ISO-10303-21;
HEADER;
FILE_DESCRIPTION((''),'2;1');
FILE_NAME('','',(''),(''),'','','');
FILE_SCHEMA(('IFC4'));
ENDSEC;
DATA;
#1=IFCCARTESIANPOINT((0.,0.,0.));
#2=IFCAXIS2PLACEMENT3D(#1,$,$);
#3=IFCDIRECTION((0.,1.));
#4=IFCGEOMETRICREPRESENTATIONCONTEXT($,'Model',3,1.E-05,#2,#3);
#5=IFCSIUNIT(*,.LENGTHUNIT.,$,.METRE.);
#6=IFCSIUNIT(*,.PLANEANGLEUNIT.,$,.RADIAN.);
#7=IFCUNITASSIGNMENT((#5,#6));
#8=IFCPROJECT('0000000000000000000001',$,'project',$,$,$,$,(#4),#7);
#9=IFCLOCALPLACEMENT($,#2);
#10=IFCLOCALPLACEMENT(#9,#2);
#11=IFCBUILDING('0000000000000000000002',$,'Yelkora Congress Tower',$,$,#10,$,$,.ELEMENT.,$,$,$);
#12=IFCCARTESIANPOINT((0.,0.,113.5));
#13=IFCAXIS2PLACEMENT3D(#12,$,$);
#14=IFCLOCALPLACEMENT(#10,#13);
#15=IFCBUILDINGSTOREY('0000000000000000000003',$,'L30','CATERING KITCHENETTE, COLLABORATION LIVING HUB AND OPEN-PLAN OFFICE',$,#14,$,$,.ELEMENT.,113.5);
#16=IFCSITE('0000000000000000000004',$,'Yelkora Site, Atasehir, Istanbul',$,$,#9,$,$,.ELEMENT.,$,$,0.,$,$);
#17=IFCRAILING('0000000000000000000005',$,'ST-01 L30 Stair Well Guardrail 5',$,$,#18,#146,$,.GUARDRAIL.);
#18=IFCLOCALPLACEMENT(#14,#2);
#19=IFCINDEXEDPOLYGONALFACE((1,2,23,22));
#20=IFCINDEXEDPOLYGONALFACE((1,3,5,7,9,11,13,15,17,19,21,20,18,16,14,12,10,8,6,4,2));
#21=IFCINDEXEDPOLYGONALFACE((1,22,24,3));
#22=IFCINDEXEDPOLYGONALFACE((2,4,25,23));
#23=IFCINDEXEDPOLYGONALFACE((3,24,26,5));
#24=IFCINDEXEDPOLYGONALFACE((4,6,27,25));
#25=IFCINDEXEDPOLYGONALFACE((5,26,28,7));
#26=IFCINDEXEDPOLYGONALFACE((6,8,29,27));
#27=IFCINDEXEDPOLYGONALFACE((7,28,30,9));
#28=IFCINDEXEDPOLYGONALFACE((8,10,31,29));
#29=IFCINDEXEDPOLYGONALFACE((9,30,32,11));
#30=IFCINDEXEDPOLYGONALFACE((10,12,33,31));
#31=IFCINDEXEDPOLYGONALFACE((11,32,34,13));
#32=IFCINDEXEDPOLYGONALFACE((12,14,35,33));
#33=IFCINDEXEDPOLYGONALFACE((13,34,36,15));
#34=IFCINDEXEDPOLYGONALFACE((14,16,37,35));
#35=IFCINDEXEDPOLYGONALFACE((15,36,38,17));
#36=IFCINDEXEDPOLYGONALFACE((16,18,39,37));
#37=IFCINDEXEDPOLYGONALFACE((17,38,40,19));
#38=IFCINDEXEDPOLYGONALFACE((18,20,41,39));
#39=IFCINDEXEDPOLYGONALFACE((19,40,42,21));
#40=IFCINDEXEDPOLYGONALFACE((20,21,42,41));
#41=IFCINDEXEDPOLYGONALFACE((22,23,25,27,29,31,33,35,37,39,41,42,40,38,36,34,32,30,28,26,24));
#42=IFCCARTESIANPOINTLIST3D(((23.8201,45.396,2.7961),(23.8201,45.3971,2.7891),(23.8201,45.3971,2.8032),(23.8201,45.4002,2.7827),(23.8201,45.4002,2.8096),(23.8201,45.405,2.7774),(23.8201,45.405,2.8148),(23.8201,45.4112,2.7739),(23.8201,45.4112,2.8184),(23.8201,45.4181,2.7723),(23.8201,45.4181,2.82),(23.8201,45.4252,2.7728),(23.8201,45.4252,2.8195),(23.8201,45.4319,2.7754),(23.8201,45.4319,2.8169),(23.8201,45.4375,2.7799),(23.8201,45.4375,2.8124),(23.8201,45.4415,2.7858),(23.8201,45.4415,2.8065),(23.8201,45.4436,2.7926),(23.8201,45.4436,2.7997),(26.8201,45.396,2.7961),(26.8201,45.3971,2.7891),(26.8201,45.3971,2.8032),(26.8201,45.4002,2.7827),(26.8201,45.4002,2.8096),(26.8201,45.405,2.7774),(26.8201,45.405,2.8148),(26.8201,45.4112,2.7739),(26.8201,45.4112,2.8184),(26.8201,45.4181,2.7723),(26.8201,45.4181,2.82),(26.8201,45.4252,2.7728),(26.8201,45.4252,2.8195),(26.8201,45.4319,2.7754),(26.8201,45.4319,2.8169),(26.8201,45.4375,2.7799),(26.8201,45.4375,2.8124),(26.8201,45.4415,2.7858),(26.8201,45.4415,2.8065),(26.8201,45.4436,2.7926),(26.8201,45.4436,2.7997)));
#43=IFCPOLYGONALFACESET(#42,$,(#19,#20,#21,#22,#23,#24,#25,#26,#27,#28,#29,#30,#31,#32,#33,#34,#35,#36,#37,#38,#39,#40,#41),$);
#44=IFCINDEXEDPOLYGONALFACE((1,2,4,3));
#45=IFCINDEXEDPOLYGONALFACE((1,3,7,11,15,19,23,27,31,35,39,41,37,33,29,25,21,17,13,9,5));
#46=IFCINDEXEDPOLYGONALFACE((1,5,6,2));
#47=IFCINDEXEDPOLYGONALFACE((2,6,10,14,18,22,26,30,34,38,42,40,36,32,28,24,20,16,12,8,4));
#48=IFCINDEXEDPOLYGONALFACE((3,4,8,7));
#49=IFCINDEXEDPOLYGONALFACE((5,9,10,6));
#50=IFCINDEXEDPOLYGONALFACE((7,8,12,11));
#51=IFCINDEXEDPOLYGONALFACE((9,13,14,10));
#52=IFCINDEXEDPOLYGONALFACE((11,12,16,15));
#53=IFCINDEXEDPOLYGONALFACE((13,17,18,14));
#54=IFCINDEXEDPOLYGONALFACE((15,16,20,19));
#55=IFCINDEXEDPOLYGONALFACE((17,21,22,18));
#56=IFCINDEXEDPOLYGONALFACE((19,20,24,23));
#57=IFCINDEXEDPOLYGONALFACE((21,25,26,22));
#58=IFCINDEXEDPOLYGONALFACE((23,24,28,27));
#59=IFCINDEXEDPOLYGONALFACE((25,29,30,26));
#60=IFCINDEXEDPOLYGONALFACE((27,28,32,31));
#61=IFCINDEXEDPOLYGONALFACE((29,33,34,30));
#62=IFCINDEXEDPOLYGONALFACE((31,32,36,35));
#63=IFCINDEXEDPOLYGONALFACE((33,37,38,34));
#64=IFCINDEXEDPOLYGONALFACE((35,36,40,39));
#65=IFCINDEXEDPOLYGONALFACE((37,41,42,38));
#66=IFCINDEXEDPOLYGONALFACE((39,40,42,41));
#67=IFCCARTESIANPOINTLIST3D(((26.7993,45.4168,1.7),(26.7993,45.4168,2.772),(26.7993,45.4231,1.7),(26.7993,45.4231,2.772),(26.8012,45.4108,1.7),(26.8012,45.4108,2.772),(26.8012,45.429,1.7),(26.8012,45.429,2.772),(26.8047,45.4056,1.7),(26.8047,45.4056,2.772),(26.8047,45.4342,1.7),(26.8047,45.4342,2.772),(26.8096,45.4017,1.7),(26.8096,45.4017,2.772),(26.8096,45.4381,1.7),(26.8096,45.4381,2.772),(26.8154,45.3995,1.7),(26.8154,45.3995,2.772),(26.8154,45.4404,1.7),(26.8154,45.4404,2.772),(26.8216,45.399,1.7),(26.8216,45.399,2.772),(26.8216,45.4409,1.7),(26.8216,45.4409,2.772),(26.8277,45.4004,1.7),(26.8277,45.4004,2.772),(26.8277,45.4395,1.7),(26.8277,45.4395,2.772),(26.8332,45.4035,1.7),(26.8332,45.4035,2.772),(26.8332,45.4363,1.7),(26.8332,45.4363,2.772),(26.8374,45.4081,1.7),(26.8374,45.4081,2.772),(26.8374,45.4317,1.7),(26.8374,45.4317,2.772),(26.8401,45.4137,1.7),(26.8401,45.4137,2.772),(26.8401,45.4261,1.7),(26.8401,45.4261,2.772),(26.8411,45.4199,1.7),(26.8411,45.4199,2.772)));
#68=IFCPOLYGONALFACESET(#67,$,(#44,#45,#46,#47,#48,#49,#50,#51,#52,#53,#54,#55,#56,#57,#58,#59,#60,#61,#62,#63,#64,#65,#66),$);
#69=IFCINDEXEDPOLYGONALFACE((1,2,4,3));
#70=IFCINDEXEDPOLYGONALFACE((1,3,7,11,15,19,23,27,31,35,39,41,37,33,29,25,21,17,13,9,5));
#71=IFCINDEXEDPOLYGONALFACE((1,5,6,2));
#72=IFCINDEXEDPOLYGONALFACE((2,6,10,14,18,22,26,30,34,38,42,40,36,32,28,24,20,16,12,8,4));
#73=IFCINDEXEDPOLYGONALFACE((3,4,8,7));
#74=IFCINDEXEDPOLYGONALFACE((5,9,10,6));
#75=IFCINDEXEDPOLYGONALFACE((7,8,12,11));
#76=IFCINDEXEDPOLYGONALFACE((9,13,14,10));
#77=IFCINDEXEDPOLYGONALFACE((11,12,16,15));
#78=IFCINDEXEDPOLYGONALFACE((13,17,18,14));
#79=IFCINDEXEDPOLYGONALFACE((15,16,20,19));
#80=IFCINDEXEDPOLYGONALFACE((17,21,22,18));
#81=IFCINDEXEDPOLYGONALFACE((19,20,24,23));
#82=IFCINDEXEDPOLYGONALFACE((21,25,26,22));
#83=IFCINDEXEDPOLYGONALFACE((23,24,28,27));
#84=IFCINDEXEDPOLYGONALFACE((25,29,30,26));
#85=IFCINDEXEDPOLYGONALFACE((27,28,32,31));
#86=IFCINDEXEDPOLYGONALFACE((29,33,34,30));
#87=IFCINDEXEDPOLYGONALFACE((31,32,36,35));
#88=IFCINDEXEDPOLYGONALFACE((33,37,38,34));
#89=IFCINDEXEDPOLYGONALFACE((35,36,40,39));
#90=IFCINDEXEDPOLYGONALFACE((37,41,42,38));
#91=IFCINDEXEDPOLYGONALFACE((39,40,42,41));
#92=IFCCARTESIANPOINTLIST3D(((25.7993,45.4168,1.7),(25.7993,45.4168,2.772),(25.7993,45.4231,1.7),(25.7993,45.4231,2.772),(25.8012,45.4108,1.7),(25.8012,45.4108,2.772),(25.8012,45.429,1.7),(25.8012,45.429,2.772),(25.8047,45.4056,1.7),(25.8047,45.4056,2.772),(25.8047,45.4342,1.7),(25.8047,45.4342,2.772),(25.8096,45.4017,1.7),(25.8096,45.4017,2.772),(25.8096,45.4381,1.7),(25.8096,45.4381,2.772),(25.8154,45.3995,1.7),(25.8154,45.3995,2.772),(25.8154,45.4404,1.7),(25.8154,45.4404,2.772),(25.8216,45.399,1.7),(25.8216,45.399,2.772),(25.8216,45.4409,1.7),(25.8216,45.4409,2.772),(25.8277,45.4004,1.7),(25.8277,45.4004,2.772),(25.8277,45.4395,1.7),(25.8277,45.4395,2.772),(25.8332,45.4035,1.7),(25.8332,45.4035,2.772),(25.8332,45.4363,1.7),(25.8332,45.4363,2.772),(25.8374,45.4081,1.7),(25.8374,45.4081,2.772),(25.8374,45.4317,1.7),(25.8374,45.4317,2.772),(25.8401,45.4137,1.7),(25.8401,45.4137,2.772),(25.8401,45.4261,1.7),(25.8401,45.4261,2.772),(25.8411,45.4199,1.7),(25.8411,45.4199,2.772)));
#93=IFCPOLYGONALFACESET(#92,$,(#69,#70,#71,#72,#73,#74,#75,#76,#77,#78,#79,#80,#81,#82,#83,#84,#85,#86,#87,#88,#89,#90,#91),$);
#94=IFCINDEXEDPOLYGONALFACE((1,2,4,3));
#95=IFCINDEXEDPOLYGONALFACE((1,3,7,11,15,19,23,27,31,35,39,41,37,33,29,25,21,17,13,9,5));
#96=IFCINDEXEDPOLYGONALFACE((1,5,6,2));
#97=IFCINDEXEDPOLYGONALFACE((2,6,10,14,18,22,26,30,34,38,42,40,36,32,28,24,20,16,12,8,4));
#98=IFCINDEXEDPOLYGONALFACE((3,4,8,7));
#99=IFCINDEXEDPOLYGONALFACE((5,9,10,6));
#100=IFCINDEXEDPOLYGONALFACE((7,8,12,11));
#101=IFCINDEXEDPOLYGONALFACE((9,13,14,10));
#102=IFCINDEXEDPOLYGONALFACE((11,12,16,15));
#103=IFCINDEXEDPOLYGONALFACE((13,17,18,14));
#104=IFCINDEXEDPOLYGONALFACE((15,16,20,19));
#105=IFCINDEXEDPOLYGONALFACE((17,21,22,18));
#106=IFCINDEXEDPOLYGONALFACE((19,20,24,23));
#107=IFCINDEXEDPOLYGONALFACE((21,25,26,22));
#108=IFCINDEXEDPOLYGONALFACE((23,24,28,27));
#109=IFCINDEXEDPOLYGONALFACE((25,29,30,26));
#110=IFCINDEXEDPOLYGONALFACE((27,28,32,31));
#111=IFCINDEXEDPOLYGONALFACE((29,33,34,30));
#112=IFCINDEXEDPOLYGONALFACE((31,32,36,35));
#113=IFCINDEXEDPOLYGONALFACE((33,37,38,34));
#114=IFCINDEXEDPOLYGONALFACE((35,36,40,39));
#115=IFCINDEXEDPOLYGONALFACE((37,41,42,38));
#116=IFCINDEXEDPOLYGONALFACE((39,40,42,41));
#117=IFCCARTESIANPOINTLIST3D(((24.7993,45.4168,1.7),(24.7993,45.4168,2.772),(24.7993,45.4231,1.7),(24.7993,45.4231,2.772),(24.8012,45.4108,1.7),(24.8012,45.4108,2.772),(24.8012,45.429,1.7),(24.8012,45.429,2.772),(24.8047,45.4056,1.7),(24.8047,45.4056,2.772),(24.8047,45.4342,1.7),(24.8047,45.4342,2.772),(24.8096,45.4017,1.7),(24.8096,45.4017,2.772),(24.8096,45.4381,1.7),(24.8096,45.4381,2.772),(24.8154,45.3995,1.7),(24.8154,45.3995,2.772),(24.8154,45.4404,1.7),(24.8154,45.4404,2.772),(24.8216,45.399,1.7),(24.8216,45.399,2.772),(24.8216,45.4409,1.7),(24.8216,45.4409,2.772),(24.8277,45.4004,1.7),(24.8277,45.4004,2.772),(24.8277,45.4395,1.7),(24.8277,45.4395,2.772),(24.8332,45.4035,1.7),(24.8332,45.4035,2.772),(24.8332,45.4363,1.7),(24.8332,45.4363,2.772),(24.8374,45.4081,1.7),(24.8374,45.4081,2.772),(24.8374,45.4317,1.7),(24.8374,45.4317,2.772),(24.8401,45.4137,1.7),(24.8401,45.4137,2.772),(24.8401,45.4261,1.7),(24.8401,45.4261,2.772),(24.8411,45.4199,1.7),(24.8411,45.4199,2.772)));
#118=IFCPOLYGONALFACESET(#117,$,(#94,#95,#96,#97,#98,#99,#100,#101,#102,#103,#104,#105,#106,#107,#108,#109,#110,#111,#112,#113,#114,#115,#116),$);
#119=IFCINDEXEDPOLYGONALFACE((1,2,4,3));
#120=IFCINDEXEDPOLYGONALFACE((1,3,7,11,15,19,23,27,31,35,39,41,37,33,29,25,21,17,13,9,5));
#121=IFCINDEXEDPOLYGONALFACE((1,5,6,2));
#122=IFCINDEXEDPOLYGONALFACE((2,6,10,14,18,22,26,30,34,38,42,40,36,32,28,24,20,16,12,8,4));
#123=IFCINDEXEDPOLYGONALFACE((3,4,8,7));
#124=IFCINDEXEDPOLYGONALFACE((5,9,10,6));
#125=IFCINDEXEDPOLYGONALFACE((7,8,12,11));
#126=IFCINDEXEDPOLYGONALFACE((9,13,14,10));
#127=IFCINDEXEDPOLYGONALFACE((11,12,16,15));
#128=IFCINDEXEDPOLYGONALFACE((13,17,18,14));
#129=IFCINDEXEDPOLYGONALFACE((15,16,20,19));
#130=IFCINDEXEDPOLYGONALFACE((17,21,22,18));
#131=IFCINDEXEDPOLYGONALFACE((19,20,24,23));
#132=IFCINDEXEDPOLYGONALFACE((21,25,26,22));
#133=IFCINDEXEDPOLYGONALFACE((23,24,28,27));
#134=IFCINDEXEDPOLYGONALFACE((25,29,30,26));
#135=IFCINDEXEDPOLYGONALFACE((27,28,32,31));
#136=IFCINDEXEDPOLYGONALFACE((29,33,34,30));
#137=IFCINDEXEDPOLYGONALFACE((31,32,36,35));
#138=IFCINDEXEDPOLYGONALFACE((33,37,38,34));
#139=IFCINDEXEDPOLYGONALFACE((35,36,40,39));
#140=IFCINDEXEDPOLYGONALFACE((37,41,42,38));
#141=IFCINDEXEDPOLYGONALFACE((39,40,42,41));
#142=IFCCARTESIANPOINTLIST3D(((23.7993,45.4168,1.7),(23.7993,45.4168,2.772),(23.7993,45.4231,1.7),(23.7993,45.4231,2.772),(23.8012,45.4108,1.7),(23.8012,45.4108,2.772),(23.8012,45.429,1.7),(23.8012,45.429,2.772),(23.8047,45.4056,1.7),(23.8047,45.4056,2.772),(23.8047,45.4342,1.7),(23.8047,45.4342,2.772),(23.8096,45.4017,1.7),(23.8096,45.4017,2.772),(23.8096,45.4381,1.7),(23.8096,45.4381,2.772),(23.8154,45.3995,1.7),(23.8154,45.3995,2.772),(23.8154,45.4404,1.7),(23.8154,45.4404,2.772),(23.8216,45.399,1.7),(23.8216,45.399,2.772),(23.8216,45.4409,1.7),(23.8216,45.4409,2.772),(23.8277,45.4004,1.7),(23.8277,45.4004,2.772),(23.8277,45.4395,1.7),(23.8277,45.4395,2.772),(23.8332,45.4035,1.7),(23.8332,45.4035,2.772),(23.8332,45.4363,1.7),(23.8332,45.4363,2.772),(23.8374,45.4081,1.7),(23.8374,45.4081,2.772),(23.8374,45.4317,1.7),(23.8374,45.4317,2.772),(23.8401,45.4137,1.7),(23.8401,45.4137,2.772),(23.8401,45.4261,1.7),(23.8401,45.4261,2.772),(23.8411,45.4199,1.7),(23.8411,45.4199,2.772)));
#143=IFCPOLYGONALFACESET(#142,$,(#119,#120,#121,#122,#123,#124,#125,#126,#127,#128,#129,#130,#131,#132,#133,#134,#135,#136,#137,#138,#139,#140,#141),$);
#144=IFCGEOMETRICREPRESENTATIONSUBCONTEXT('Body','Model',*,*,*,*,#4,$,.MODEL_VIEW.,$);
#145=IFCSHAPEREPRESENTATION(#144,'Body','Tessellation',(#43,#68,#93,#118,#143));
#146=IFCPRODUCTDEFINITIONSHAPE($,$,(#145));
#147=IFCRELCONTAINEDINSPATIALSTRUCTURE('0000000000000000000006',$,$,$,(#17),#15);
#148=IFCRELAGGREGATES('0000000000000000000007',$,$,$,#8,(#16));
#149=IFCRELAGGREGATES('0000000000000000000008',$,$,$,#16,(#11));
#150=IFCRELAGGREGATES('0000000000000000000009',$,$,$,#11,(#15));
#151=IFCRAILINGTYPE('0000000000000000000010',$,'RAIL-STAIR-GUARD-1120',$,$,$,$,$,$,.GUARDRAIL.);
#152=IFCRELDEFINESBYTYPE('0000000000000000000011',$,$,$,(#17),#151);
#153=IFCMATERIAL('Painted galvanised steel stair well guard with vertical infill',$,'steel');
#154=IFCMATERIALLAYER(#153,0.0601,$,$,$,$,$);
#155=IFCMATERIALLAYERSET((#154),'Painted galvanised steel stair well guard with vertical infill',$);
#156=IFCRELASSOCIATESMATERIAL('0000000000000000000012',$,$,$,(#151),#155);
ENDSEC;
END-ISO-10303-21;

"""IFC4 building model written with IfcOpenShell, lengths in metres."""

from ifc_helpers import new_model, si_unit, direction, frame, origin, origin_2d, place, context, subcontext, project, spatial, circle, extrude, material, layer, layer_set, type_object, element, save


model = new_model("IFC4")

# Units and contexts
model_context = context("Model", 3, precision=1e-05, world=origin(), true_north=direction((0.0, 1.0)))
body_context = subcontext(model_context, "Body", "Model", "MODEL_VIEW")
ifc_project = project(units=[si_unit("LENGTHUNIT", "METRE"), si_unit("PLANEANGLEUNIT", "RADIAN")], contexts=[model_context])

# Site, building, storey
site_placement = place(None, origin())
site = spatial("IfcSite", under=ifc_project, at=site_placement, Name="Yelkora Site, Atasehir, Istanbul", CompositionType="ELEMENT", RefElevation=0.0)
building_placement = place(site_placement, origin())
building = spatial("IfcBuilding", under=site, at=building_placement, Name="Yelkora Congress Tower", CompositionType="ELEMENT")
storey_placement = place(building_placement, frame((0.0, 0.0, 113.5)))
storey = spatial("IfcBuildingStorey", under=building, at=storey_placement, Name="L30", Description="CATERING KITCHENETTE, COLLABORATION LIVING HUB AND OPEN-PLAN OFFICE", CompositionType="ELEMENT", Elevation=113.5)

# Railing
ifc_material_1 = material(Name="Painted galvanised steel stair well guard with vertical infill", Category="steel")
ifc_layer_1 = layer(ifc_material_1, 0.0601)
ifc_layer_set_1 = layer_set([ifc_layer_1], Name="Painted galvanised steel stair well guard with vertical infill")
railing_type_1 = type_object("IfcRailingType", Name="RAIL-STAIR-GUARD-1120", PredefinedType="GUARDRAIL", material=ifc_layer_set_1)
railing_1_placement = place(storey_placement, frame((26.8201, 45.4199, 1.7)))
element("IfcRailing", 1, at=railing_1_placement, inside=storey, type_object=railing_type_1, Name="ST-01 L30 Stair Well Guardrail 5", PredefinedType="GUARDRAIL", context=body_context, shape_type="SweptSolid", body=[
    extrude(circle(Radius=0.0239, at=origin_2d()), frame((0.0, 0.0, 1.0962), z_axis=(-1.0, 0.0, 0.0), x_axis=(0.0, -1.0, 0.0)), (0.0, 0.0, 1.0), 3.0),
    extrude(circle(Radius=0.021, at=origin_2d()), origin(), (0.0, 0.0, 1.0), 1.072),
    extrude(circle(Radius=0.021, at=origin_2d()), frame((-1.0, 0.0, 0.0)), (0.0, 0.0, 1.0), 1.072),
    extrude(circle(Radius=0.021, at=origin_2d()), frame((-2.0, 0.0, 0.0)), (0.0, 0.0, 1.0), 1.072),
    extrude(circle(Radius=0.021, at=origin_2d()), frame((-3.0, 0.0, 0.0)), (0.0, 0.0, 1.0), 1.072),
])

save(model, "model.ifc")
